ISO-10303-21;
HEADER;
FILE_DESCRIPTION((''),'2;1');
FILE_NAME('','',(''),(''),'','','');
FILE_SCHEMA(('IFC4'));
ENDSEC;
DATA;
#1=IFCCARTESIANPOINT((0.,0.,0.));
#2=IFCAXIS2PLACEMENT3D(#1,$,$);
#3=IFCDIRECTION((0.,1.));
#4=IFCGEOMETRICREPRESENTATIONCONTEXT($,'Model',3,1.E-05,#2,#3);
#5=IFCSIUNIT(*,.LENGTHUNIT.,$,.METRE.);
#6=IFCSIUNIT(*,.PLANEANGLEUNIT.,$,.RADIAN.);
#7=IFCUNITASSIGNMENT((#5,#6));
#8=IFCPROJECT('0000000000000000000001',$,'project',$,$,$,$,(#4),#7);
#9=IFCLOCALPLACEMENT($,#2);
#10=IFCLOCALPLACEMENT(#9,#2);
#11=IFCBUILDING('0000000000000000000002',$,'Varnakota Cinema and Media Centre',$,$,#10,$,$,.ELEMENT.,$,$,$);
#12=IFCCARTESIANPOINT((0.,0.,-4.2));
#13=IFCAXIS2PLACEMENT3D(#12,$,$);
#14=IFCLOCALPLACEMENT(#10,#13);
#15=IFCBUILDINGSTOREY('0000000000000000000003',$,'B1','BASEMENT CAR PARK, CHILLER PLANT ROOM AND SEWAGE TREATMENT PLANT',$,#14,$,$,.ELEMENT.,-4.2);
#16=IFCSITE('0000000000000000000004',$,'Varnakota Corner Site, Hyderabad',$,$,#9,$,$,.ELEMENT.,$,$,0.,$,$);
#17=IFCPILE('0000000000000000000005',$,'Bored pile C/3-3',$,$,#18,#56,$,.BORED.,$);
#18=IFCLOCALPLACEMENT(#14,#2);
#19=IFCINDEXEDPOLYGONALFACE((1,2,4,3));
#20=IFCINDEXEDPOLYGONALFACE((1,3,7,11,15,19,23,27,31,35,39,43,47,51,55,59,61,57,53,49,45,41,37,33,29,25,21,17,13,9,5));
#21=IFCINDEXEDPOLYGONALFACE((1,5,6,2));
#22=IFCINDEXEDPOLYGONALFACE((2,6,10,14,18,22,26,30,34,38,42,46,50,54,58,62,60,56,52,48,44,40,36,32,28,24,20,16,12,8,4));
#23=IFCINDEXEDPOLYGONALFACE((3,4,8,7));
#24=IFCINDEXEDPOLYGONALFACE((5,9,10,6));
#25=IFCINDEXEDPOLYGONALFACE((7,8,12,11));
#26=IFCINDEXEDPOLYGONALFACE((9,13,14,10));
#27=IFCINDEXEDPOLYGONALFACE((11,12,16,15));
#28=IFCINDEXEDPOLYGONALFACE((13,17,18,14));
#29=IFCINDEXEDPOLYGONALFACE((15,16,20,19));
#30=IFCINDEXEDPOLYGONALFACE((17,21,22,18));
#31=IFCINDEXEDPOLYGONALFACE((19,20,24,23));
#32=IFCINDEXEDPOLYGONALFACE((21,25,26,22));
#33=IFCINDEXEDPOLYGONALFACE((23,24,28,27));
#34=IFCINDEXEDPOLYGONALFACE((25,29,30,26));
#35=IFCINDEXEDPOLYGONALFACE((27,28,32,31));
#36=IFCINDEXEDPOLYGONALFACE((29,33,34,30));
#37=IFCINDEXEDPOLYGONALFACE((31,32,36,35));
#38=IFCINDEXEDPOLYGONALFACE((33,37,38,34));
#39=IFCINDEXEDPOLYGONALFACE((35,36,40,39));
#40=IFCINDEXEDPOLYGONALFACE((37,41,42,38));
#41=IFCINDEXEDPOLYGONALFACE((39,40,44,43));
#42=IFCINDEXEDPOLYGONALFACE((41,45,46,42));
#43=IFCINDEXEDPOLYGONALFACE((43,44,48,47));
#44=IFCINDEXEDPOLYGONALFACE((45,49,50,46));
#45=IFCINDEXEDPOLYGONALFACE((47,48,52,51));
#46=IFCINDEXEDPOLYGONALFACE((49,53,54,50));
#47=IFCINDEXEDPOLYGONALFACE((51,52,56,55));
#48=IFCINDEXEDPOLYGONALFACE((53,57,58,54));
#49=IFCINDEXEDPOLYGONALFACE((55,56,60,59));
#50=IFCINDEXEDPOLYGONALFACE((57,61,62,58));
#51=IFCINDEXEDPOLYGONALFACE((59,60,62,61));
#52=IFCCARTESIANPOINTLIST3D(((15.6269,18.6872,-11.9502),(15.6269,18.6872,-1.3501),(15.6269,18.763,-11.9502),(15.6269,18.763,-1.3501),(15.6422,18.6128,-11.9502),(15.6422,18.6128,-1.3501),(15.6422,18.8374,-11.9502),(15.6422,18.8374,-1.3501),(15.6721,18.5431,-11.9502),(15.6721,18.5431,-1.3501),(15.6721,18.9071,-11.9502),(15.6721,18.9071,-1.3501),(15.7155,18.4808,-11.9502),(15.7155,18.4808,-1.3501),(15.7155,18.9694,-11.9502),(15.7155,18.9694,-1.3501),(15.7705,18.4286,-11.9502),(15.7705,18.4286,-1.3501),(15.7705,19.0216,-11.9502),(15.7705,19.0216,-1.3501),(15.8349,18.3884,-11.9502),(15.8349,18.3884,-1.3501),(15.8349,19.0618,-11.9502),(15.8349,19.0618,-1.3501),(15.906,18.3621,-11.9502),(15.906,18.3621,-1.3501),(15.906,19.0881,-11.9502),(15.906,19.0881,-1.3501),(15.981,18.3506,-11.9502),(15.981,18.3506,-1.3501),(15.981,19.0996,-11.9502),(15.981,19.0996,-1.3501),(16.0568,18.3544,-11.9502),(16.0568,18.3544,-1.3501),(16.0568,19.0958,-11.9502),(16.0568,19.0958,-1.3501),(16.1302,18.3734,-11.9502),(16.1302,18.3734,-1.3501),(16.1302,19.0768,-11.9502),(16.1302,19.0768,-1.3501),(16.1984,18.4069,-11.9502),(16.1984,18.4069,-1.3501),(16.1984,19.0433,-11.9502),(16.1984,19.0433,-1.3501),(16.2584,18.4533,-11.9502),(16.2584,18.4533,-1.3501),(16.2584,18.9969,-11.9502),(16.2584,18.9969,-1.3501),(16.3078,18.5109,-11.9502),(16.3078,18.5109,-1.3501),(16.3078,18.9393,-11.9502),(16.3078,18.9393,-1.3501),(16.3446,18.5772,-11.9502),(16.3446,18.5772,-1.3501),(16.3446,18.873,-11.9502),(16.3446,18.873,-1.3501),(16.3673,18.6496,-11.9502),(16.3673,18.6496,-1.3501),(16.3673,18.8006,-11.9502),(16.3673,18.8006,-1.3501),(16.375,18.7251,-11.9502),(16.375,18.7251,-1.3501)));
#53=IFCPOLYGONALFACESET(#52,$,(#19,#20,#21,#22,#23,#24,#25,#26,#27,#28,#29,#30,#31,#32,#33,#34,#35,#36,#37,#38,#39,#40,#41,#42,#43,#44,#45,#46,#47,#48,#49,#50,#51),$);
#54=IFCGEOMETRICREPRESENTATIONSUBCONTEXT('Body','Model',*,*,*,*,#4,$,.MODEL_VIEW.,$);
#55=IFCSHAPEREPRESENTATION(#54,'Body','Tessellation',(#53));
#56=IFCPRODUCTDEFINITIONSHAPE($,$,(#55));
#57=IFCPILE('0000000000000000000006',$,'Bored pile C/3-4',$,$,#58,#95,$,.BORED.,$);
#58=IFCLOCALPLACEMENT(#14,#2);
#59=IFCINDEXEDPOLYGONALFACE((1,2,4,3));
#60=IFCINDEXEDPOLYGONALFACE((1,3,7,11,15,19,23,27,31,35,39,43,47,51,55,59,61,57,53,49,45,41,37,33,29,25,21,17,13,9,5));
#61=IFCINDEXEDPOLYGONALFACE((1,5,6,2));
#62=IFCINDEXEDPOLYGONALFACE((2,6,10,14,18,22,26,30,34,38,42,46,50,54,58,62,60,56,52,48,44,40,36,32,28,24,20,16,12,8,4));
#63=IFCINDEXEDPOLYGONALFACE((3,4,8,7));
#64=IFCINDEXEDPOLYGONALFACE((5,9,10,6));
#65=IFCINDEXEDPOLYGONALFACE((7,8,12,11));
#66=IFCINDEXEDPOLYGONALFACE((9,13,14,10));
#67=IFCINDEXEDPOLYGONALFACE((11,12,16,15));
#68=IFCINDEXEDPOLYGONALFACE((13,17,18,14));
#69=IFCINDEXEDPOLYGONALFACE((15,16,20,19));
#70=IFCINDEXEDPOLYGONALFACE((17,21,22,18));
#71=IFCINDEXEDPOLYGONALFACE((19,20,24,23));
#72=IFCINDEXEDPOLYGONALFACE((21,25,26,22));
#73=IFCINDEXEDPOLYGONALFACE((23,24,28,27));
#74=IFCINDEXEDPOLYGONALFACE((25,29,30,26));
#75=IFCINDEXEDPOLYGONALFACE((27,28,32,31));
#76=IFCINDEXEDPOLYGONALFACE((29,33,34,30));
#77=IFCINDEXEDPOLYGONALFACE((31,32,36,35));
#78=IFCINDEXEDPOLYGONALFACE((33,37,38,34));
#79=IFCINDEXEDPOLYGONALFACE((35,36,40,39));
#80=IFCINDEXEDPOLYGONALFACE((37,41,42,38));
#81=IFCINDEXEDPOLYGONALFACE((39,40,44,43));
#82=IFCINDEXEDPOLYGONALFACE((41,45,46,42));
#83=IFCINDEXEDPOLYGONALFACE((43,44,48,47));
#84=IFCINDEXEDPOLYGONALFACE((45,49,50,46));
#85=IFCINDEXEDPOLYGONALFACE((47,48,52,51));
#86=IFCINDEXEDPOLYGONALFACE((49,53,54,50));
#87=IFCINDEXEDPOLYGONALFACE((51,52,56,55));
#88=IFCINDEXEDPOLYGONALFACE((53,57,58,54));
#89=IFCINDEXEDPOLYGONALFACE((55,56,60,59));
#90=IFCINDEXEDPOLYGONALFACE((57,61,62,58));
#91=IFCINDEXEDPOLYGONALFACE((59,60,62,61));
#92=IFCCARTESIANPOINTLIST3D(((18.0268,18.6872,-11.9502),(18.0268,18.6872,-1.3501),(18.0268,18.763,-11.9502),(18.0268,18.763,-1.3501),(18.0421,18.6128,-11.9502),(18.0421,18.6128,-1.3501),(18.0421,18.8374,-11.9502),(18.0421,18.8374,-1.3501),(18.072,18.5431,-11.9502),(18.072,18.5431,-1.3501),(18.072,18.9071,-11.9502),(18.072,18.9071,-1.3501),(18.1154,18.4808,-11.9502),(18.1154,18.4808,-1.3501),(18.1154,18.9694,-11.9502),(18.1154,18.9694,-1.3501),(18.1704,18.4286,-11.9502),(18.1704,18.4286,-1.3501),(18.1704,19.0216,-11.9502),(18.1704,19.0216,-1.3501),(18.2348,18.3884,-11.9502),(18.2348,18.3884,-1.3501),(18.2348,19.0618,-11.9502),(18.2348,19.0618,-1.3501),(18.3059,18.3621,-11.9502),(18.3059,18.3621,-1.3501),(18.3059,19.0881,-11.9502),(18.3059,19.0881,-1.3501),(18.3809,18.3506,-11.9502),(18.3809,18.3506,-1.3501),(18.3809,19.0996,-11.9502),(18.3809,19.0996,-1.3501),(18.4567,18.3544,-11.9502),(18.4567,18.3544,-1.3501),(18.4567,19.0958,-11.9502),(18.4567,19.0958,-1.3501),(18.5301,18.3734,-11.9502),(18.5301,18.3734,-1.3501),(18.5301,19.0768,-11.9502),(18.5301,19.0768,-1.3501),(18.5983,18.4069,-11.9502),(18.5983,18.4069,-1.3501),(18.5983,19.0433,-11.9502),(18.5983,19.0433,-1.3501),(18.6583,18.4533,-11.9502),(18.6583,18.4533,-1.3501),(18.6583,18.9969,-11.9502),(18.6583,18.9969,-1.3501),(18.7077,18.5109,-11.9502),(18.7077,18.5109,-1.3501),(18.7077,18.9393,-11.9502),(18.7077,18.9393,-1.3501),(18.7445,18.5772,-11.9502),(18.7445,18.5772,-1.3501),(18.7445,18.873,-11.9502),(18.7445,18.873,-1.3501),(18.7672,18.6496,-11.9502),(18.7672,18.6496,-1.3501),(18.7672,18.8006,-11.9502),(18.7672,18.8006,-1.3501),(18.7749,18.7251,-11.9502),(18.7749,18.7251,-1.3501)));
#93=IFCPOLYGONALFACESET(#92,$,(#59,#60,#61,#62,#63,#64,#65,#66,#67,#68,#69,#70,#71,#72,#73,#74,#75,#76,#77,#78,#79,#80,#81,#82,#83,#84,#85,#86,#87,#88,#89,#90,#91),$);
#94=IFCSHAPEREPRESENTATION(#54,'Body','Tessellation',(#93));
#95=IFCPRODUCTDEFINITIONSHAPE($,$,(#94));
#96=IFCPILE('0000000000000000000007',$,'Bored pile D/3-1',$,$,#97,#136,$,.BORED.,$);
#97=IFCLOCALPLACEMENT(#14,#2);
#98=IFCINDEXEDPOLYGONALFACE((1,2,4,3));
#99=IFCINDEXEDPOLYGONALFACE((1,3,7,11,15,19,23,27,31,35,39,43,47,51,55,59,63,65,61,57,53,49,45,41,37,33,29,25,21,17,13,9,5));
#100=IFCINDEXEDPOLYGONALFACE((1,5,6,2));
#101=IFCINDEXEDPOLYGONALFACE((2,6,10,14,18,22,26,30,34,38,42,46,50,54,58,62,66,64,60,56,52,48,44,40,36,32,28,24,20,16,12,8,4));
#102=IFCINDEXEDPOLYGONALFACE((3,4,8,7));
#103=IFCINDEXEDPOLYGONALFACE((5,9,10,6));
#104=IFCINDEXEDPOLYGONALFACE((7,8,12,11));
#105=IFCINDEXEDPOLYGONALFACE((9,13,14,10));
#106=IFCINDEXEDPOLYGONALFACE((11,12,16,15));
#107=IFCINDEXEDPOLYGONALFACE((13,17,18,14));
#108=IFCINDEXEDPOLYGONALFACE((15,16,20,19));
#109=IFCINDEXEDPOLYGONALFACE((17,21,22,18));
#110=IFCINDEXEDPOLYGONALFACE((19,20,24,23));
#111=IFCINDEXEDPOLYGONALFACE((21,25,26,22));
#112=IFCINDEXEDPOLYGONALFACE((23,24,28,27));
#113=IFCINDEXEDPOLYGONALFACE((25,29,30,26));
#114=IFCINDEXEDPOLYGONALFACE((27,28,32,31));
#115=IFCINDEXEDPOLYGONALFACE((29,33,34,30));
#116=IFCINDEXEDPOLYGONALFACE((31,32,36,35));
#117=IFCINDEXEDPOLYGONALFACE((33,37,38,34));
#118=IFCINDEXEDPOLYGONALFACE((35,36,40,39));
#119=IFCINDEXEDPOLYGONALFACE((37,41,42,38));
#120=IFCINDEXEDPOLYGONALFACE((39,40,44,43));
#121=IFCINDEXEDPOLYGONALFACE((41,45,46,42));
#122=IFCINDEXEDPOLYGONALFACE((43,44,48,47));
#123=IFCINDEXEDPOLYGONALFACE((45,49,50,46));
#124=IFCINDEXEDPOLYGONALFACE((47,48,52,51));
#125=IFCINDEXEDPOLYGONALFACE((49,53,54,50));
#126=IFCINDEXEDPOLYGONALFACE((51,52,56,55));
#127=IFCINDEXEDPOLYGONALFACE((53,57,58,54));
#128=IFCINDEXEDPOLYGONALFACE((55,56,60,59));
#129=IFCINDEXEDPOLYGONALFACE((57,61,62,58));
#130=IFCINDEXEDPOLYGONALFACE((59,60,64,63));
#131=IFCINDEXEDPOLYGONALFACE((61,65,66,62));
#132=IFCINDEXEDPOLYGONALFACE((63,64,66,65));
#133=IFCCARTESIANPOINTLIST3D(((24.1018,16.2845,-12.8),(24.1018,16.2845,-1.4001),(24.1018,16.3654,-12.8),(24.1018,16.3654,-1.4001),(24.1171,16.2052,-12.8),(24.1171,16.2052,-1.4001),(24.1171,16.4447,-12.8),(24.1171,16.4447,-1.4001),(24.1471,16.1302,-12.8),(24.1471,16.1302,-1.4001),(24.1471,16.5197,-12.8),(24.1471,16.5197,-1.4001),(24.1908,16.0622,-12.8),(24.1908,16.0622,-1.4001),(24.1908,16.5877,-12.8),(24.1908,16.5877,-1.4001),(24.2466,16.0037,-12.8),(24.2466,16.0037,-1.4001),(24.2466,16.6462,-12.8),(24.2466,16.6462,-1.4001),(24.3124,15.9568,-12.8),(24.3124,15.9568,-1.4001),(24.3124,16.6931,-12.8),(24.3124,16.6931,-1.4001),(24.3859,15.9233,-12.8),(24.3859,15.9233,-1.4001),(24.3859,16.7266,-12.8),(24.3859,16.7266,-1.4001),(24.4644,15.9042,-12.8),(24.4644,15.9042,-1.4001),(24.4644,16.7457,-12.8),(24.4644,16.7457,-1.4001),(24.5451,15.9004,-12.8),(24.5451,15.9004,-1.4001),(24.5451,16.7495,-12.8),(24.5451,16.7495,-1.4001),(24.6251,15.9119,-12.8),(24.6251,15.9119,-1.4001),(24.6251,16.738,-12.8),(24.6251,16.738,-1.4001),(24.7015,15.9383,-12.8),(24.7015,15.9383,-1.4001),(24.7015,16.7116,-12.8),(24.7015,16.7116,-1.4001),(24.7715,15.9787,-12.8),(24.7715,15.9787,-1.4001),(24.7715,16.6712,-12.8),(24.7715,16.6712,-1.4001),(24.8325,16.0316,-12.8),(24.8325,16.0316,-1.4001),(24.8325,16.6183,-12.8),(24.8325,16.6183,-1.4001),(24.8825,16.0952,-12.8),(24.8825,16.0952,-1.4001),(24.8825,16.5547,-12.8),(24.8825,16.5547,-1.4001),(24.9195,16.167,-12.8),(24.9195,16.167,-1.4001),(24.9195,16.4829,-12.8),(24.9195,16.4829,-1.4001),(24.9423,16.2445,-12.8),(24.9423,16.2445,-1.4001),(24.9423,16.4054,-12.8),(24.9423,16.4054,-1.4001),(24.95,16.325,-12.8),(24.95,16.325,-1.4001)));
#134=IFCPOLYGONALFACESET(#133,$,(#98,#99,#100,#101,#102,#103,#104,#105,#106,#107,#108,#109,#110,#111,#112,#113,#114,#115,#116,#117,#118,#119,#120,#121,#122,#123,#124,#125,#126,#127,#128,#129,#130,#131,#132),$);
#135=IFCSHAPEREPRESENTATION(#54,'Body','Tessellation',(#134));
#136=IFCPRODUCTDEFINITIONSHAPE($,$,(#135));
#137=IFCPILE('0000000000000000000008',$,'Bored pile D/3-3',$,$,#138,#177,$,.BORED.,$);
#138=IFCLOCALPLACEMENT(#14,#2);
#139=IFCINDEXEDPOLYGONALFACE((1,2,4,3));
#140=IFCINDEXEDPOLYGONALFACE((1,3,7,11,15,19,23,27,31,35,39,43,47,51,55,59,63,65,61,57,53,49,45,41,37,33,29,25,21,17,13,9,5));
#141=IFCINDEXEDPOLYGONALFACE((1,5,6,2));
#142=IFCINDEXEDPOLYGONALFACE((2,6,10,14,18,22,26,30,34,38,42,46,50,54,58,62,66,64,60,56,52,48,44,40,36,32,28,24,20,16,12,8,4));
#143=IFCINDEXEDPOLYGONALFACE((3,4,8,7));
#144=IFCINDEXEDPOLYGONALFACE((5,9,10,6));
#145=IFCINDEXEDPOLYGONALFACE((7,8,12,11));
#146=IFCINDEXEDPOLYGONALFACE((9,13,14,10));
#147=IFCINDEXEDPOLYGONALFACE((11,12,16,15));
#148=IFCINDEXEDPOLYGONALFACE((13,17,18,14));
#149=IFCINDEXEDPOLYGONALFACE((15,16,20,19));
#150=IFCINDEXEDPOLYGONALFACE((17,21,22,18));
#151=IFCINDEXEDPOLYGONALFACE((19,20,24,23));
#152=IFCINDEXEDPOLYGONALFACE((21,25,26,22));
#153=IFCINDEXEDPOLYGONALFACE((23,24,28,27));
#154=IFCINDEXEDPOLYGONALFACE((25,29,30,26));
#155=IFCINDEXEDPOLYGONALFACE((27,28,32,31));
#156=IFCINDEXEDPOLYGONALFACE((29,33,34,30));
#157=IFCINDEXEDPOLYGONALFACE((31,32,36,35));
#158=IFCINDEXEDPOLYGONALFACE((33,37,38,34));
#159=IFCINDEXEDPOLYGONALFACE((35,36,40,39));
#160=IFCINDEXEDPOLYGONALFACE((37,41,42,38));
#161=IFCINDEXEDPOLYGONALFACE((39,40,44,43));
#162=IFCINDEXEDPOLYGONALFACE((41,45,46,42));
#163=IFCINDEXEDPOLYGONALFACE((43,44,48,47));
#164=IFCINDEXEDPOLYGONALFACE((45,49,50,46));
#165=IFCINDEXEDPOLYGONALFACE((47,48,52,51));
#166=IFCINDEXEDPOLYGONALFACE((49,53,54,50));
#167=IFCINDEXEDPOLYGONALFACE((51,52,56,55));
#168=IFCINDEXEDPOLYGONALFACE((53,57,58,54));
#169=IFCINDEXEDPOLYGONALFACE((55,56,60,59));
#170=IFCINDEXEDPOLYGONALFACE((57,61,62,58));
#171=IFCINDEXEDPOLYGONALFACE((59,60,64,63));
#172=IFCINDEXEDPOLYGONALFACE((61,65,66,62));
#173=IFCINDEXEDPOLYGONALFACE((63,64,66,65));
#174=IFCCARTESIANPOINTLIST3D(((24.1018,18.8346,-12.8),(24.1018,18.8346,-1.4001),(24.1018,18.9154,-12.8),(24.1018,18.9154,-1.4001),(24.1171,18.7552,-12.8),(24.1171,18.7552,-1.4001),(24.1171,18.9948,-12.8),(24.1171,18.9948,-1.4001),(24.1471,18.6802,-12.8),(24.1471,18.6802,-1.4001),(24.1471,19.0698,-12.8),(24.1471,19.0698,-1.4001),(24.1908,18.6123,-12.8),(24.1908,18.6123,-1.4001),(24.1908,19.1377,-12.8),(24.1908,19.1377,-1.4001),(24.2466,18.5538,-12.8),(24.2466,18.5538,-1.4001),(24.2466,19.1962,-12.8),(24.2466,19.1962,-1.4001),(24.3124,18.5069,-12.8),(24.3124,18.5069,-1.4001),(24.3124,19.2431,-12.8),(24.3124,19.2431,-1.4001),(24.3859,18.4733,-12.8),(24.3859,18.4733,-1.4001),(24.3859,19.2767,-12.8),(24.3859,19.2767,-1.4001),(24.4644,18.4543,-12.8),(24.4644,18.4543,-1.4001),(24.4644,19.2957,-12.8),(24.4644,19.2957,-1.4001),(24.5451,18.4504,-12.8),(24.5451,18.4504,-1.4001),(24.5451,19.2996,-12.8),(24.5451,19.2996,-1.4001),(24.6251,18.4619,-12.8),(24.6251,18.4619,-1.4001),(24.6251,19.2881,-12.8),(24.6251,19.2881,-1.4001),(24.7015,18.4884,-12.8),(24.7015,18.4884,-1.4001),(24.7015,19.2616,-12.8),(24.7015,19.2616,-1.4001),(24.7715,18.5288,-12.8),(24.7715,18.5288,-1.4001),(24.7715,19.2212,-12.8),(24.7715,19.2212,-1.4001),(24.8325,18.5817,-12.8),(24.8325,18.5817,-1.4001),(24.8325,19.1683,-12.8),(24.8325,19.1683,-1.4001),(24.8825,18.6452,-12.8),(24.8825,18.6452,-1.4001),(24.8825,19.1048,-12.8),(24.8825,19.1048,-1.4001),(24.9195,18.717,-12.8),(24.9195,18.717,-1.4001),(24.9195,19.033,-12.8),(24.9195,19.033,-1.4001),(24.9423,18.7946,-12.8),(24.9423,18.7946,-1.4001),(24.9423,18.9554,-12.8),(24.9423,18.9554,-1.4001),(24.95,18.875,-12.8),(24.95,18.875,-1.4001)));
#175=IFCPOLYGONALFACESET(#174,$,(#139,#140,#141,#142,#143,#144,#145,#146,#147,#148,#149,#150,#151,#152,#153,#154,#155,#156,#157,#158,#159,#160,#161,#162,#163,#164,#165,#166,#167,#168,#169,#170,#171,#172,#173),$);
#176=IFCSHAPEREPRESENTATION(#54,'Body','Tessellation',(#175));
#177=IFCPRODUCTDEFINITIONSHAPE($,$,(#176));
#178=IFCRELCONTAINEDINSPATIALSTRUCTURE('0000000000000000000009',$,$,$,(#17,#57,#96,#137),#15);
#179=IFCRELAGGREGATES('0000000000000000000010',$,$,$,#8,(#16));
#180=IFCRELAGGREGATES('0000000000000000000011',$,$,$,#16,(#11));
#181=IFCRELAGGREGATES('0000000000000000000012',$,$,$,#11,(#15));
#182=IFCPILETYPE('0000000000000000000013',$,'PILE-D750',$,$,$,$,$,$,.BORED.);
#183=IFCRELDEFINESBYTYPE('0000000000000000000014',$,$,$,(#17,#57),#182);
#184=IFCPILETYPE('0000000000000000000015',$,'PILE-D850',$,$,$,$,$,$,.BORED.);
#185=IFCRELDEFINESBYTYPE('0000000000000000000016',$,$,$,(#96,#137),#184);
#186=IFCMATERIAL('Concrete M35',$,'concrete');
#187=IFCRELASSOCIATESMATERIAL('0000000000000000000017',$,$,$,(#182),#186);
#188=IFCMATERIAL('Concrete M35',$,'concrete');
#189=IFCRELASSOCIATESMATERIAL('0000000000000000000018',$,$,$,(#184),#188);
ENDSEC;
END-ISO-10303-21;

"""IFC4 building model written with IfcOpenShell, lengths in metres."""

from ifc_helpers import new_model, si_unit, direction, frame, origin, origin_2d, place, context, subcontext, project, spatial, circle, extrude, material, material_profile, profile_set, type_object, element, save


model = new_model("IFC4")

# Units and contexts
model_context = context("Model", 3, precision=1e-05, world=origin(), true_north=direction((0.0, 1.0)))
body_context = subcontext(model_context, "Body", "Model", "MODEL_VIEW")
ifc_project = project(units=[si_unit("LENGTHUNIT", "METRE"), si_unit("PLANEANGLEUNIT", "RADIAN")], contexts=[model_context])

# Site, building, storey
site_placement = place(None, origin())
site = spatial("IfcSite", under=ifc_project, at=site_placement, Name="Varnakota Corner Site, Hyderabad", CompositionType="ELEMENT", RefElevation=0.0)
building_placement = place(site_placement, origin())
building = spatial("IfcBuilding", under=site, at=building_placement, Name="Varnakota Cinema and Media Centre", CompositionType="ELEMENT")
storey_placement = place(building_placement, frame((0.0, 0.0, -4.2)))
storey = spatial("IfcBuildingStorey", under=building, at=storey_placement, Name="B1", Description="BASEMENT CAR PARK, CHILLER PLANT ROOM AND SEWAGE TREATMENT PLANT", CompositionType="ELEMENT", Elevation=-4.2)

# Piles
ifc_material_1 = material(Name="Concrete M35", Category="concrete")
ifc_material_profile_1 = material_profile(ifc_material_1, circle(Radius=0.375, at=origin_2d()), Name="PILE D750")
ifc_profile_set_1 = profile_set([ifc_material_profile_1], Name="Concrete M35")
pile_type_1 = type_object("IfcPileType", Name="PILE-D750", PredefinedType="BORED", material=ifc_profile_set_1)
for number, where, z_axis, x_axis, name in (
    (1, (16.0, 18.7251, -1.3501), (0.0, 0.0, -1.0), (1.0, 0.0, 0.0), "Bored pile C/3-3"),
    (2, (18.3999, 18.7251, -1.3501), (0.0, 0.0, -1.0), (1.0, 0.0, 0.0), "Bored pile C/3-4"),
):
    element("IfcPile", number, at=place(storey_placement, frame(where, z_axis=z_axis, x_axis=x_axis)), inside=storey, type_object=pile_type_1, Name=name, PredefinedType="BORED", context=body_context, shape_type="SweptSolid", body=[
        extrude(circle(Radius=0.375, at=origin_2d()), origin(), (0.0, 0.0, 1.0), 10.6001),
    ])
ifc_material_2 = material(Name="Concrete M35", Category="concrete")
ifc_material_profile_2 = material_profile(ifc_material_2, circle(Radius=0.425, at=origin_2d()), Name="PILE D850")
ifc_profile_set_2 = profile_set([ifc_material_profile_2], Name="Concrete M35")
pile_type_2 = type_object("IfcPileType", Name="PILE-D850", PredefinedType="BORED", material=ifc_profile_set_2)
for number, where, z_axis, x_axis, name in (
    (3, (24.5249, 16.325, -1.4001), (0.0, 0.0, -1.0), (1.0, 0.0, 0.0), "Bored pile D/3-1"),
    (4, (24.5249, 18.875, -1.4001), (0.0, 0.0, -1.0), (1.0, 0.0, 0.0), "Bored pile D/3-3"),
):
    element("IfcPile", number, at=place(storey_placement, frame(where, z_axis=z_axis, x_axis=x_axis)), inside=storey, type_object=pile_type_2, Name=name, PredefinedType="BORED", context=body_context, shape_type="SweptSolid", body=[
        extrude(circle(Radius=0.425, at=origin_2d()), origin(), (0.0, 0.0, 1.0), 11.3999),
    ])

save(model, "model.ifc")
